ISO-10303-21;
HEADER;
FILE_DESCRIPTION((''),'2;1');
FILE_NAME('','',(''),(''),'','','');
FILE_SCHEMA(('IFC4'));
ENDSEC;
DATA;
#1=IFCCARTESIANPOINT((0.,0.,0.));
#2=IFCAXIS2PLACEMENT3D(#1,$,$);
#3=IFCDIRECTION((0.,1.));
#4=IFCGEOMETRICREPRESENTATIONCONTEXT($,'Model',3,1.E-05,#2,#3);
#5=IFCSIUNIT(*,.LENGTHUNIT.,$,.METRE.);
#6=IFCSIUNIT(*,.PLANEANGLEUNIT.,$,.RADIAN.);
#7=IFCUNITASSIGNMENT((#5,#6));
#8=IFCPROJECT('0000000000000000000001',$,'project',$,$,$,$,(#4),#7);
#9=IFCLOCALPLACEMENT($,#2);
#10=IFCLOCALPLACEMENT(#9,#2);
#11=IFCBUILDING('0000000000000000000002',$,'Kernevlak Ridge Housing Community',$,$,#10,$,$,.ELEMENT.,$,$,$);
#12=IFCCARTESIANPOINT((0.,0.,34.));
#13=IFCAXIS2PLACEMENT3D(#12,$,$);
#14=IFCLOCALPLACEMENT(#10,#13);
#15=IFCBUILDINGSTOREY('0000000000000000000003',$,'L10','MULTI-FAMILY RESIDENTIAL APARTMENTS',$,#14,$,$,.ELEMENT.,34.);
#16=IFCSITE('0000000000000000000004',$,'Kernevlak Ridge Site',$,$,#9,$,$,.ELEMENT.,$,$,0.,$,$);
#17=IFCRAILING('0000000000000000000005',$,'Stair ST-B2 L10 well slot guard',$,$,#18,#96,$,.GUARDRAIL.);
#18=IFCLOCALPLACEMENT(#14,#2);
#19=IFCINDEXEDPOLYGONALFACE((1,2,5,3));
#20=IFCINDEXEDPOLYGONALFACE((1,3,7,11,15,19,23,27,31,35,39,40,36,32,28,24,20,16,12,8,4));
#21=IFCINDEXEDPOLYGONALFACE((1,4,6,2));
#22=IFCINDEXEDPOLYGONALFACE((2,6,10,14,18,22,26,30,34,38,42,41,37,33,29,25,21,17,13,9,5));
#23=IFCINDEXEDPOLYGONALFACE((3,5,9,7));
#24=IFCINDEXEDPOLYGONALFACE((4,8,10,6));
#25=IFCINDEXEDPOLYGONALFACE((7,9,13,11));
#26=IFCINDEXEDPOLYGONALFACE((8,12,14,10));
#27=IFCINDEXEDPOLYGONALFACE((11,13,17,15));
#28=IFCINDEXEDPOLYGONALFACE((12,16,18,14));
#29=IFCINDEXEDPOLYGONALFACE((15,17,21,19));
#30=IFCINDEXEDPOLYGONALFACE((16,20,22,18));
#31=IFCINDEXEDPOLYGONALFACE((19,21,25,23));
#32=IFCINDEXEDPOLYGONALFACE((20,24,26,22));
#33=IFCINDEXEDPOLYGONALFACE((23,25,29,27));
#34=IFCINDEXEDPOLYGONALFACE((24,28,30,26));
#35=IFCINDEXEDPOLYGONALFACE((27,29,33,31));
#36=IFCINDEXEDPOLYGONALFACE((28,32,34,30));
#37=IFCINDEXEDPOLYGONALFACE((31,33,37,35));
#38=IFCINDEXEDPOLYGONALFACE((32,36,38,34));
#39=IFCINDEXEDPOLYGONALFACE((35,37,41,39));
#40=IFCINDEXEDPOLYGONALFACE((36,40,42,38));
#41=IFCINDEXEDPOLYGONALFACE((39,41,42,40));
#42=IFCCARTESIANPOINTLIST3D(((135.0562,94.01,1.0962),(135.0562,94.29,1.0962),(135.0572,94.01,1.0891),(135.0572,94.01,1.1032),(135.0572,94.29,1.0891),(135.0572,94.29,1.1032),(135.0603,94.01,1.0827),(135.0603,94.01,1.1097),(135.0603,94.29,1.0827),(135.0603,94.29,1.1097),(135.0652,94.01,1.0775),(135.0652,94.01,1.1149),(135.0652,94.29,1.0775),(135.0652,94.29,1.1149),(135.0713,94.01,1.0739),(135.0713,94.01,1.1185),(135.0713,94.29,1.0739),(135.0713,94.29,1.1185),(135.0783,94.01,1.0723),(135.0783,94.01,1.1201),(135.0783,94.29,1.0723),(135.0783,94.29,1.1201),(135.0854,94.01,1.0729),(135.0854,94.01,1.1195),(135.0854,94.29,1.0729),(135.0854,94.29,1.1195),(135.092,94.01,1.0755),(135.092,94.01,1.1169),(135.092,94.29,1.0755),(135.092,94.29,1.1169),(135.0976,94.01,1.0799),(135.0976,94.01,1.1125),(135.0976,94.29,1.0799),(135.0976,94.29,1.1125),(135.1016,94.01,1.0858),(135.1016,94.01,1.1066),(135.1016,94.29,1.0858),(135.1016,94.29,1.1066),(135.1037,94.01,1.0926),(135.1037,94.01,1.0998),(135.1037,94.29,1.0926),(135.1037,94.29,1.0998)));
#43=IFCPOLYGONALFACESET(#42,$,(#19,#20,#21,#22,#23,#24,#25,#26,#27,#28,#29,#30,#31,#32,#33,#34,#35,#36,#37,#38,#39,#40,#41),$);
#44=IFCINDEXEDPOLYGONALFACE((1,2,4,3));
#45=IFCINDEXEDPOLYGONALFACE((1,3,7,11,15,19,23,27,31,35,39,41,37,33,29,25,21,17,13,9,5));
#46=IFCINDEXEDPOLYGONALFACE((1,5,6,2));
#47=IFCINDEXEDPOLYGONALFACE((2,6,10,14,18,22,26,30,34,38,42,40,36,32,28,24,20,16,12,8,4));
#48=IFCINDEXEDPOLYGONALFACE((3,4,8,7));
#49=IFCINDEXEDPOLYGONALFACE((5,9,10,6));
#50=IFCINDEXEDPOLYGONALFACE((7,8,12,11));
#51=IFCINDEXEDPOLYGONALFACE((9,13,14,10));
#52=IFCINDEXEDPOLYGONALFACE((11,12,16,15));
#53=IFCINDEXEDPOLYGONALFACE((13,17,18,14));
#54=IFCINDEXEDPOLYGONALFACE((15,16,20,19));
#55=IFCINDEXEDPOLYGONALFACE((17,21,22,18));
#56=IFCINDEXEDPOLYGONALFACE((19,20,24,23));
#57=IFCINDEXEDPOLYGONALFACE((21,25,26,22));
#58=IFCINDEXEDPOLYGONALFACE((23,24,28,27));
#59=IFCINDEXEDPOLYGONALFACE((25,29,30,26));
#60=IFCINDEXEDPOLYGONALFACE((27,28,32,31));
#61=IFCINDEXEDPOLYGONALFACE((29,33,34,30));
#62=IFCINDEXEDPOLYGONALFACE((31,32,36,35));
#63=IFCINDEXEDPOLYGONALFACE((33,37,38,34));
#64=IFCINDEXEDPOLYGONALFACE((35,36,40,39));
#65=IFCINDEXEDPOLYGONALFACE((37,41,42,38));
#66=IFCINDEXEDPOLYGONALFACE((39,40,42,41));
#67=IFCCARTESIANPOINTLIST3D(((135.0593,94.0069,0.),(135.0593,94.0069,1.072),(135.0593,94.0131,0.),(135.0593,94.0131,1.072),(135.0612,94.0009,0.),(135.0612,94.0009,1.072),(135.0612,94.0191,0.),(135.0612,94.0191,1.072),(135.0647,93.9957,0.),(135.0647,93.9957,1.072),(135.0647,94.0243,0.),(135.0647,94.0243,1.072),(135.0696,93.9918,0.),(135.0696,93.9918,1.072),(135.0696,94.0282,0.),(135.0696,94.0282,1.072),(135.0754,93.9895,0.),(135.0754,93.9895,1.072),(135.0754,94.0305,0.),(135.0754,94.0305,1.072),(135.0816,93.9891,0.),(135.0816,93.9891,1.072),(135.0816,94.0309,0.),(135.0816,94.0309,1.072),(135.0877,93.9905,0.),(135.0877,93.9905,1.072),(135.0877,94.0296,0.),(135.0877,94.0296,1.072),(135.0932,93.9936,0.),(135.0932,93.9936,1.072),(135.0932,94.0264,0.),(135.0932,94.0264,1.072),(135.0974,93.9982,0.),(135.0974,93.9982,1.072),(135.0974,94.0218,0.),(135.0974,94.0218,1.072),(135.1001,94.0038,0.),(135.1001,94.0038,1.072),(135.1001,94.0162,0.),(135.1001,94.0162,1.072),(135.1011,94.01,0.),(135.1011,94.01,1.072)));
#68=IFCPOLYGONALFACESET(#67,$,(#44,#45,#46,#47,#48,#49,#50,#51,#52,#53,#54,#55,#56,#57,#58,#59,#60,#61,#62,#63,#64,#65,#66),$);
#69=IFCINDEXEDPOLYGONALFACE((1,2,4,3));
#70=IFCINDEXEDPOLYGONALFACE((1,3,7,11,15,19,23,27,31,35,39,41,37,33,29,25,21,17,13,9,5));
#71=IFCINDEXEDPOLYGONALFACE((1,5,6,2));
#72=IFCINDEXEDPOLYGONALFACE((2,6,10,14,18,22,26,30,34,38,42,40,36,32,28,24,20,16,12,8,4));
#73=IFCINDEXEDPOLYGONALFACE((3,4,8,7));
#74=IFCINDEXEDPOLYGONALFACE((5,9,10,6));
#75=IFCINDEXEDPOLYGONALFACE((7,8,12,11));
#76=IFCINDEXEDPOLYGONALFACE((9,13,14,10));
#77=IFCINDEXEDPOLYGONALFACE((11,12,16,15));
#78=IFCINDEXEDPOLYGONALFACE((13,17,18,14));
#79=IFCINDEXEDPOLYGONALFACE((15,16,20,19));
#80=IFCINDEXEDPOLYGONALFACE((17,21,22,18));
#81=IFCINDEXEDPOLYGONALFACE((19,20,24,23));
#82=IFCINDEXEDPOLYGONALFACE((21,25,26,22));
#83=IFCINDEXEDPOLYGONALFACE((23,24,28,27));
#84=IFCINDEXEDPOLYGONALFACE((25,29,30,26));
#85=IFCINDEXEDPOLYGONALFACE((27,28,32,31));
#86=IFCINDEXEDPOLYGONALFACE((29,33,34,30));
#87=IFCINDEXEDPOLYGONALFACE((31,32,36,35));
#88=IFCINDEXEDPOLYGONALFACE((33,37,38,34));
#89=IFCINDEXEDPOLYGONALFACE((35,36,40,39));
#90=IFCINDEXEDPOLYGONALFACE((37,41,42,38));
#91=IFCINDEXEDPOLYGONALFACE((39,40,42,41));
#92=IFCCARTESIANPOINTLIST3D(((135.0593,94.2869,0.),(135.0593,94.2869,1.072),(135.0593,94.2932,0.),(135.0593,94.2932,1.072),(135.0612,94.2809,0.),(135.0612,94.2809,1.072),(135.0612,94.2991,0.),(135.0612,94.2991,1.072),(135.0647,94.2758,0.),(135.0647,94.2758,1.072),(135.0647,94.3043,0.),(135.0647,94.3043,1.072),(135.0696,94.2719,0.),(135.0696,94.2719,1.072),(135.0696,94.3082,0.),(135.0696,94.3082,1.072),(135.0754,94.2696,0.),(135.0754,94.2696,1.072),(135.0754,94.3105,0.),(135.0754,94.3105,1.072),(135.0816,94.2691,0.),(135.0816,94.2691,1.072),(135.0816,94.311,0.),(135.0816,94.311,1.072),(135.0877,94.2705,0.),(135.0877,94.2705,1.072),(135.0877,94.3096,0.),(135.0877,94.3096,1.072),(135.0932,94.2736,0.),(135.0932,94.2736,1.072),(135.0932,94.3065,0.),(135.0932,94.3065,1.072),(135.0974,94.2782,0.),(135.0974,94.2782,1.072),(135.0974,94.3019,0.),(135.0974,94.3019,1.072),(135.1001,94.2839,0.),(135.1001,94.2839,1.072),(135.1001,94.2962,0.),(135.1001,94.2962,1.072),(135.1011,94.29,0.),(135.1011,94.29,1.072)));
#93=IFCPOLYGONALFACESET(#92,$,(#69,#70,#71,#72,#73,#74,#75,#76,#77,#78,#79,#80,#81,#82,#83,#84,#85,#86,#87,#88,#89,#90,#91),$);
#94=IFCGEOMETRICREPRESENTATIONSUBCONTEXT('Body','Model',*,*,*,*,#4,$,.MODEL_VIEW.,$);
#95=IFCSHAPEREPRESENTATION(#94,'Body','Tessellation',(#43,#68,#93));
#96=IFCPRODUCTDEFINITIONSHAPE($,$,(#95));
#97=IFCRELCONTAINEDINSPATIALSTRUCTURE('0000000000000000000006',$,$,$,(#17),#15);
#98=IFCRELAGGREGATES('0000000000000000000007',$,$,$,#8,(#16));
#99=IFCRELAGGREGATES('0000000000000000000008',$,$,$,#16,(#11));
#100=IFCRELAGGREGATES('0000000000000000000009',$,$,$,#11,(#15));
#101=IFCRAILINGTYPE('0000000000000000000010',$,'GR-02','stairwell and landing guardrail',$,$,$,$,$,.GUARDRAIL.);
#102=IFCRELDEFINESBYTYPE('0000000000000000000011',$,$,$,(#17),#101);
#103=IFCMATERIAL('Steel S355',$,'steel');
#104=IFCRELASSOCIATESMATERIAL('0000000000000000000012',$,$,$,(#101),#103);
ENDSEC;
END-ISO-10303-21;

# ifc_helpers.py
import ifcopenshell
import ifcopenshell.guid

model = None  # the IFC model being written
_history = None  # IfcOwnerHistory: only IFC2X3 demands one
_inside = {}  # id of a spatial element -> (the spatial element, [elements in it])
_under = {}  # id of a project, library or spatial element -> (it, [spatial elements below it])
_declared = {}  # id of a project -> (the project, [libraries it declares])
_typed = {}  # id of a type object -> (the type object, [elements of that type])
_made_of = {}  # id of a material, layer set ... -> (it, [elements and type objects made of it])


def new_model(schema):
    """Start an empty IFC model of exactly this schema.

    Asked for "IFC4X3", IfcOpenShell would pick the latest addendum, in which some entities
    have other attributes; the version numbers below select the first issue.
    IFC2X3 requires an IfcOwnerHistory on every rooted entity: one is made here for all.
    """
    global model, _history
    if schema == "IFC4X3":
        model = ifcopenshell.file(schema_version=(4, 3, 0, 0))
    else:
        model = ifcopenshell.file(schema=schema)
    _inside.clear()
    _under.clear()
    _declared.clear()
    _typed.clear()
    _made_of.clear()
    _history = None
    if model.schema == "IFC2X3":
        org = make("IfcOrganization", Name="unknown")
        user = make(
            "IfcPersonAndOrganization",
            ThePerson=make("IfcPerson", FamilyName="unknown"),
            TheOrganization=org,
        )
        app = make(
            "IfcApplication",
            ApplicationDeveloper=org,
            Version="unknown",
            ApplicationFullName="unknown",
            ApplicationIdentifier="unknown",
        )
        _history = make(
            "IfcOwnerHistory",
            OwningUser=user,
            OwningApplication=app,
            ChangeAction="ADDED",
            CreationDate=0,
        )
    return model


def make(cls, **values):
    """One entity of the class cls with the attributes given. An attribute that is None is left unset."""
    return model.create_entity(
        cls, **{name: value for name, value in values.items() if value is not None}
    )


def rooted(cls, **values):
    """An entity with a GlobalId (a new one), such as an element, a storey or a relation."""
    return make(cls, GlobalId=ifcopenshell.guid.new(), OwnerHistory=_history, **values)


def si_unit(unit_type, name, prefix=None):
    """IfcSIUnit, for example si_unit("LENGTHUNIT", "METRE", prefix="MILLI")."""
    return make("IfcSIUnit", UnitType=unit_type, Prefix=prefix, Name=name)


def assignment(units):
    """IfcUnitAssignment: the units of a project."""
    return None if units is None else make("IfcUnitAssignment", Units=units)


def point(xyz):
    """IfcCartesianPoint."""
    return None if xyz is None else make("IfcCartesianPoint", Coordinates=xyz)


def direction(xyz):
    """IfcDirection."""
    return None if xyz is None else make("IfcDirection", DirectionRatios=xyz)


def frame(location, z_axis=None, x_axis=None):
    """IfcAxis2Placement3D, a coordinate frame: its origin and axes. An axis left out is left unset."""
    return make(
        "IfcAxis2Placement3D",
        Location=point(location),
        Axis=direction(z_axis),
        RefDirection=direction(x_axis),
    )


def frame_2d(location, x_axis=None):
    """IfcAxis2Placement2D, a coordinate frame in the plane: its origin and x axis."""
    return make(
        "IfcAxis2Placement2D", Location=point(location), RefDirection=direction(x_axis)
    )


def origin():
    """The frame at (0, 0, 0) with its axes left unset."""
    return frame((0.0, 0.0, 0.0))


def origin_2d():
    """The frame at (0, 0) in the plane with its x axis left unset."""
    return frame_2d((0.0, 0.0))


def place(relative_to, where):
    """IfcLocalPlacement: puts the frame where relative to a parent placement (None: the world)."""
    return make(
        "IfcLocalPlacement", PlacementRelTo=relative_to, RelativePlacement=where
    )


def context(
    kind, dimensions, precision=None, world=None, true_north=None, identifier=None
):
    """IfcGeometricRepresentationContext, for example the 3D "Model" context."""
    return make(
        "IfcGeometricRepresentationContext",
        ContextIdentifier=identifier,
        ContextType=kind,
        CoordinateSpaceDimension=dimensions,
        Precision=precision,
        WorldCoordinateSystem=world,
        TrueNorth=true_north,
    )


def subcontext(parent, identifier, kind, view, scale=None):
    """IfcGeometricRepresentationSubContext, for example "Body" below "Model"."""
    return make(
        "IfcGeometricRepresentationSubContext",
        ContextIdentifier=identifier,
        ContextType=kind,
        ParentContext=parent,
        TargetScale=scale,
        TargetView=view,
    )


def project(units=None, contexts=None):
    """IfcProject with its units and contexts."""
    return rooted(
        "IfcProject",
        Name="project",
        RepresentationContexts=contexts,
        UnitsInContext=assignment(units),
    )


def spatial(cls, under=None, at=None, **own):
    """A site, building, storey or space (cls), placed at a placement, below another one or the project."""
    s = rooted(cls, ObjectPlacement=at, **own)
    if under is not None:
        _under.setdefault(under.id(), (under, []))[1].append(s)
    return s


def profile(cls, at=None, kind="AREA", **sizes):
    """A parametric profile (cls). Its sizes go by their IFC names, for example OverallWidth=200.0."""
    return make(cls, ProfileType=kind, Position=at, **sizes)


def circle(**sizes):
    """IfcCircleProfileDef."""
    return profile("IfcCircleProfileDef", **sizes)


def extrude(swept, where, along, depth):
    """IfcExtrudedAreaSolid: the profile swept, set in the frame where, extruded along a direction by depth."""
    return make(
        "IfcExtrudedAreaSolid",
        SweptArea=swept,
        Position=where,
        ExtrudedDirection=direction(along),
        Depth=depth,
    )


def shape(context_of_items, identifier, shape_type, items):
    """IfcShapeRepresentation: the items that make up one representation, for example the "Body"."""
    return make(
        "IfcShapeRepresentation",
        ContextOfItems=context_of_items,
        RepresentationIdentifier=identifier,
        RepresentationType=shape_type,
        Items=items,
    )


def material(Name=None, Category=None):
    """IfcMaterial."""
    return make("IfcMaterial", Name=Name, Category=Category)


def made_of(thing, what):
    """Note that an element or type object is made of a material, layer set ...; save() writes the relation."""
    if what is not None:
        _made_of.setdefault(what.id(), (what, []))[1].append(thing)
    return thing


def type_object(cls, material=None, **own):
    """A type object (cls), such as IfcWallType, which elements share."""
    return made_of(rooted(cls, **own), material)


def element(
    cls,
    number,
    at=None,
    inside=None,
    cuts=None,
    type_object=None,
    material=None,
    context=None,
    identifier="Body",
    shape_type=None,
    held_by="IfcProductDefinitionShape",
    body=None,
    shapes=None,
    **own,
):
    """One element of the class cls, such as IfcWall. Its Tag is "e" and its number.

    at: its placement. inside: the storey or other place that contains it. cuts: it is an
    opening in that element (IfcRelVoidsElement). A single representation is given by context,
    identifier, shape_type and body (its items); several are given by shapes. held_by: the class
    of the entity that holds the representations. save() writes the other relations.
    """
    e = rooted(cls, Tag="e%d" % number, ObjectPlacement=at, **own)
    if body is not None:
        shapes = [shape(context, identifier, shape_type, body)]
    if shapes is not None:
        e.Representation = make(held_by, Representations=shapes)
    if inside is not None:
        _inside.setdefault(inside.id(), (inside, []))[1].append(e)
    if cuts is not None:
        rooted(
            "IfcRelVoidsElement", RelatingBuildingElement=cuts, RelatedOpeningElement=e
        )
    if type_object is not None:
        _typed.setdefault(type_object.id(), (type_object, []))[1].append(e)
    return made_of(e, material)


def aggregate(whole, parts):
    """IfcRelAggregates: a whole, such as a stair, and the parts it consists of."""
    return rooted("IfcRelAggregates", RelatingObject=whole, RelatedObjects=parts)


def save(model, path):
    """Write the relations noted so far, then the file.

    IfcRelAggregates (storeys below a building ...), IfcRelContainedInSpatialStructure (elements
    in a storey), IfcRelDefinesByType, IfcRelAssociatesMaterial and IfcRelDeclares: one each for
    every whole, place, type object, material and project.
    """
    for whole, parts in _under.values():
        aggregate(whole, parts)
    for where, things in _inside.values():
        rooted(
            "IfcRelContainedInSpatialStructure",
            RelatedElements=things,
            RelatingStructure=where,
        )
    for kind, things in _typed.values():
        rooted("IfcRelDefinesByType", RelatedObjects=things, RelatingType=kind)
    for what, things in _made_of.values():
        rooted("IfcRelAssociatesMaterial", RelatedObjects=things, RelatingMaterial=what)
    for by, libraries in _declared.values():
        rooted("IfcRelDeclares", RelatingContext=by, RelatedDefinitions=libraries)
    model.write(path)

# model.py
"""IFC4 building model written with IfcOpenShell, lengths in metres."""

from ifc_helpers import new_model, si_unit, direction, frame, origin, origin_2d, place, context, subcontext, project, spatial, circle, extrude, material, type_object, element, save


model = new_model("IFC4")

# Units and contexts
model_context = context("Model", 3, precision=1e-05, world=origin(), true_north=direction((0.0, 1.0)))
body_context = subcontext(model_context, "Body", "Model", "MODEL_VIEW")
ifc_project = project(units=[si_unit("LENGTHUNIT", "METRE"), si_unit("PLANEANGLEUNIT", "RADIAN")], contexts=[model_context])

# Site, building, storey
site_placement = place(None, origin())
site = spatial("IfcSite", under=ifc_project, at=site_placement, Name="Kernevlak Ridge Site", CompositionType="ELEMENT", RefElevation=0.0)
building_placement = place(site_placement, origin())
building = spatial("IfcBuilding", under=site, at=building_placement, Name="Kernevlak Ridge Housing Community", CompositionType="ELEMENT")
storey_placement = place(building_placement, frame((0.0, 0.0, 34.0)))
storey = spatial("IfcBuildingStorey", under=building, at=storey_placement, Name="L10", Description="MULTI-FAMILY RESIDENTIAL APARTMENTS", CompositionType="ELEMENT", Elevation=34.0)

# Railing
ifc_material_1 = material(Name="Steel S355", Category="steel")
railing_type_1 = type_object("IfcRailingType", Name="GR-02", Description="stairwell and landing guardrail", PredefinedType="GUARDRAIL", material=ifc_material_1)
railing_1_placement = place(storey_placement, frame((135.0801, 94.01, 0.0)))
element("IfcRailing", 1, at=railing_1_placement, inside=storey, type_object=railing_type_1, Name="Stair ST-B2 L10 well slot guard", PredefinedType="GUARDRAIL", context=body_context, shape_type="SweptSolid", body=[
    extrude(circle(Radius=0.0239, at=origin_2d()), frame((0.0, 0.0, 1.0962), z_axis=(0.0, 1.0, 0.0), x_axis=(-1.0, 0.0, 0.0)), (0.0, 0.0, 1.0), 0.28),
    extrude(circle(Radius=0.021, at=origin_2d()), origin(), (0.0, 0.0, 1.0), 1.072),
    extrude(circle(Radius=0.021, at=origin_2d()), frame((0.0, 0.28, 0.0)), (0.0, 0.0, 1.0), 1.072),
])

save(model, "model.ifc")
